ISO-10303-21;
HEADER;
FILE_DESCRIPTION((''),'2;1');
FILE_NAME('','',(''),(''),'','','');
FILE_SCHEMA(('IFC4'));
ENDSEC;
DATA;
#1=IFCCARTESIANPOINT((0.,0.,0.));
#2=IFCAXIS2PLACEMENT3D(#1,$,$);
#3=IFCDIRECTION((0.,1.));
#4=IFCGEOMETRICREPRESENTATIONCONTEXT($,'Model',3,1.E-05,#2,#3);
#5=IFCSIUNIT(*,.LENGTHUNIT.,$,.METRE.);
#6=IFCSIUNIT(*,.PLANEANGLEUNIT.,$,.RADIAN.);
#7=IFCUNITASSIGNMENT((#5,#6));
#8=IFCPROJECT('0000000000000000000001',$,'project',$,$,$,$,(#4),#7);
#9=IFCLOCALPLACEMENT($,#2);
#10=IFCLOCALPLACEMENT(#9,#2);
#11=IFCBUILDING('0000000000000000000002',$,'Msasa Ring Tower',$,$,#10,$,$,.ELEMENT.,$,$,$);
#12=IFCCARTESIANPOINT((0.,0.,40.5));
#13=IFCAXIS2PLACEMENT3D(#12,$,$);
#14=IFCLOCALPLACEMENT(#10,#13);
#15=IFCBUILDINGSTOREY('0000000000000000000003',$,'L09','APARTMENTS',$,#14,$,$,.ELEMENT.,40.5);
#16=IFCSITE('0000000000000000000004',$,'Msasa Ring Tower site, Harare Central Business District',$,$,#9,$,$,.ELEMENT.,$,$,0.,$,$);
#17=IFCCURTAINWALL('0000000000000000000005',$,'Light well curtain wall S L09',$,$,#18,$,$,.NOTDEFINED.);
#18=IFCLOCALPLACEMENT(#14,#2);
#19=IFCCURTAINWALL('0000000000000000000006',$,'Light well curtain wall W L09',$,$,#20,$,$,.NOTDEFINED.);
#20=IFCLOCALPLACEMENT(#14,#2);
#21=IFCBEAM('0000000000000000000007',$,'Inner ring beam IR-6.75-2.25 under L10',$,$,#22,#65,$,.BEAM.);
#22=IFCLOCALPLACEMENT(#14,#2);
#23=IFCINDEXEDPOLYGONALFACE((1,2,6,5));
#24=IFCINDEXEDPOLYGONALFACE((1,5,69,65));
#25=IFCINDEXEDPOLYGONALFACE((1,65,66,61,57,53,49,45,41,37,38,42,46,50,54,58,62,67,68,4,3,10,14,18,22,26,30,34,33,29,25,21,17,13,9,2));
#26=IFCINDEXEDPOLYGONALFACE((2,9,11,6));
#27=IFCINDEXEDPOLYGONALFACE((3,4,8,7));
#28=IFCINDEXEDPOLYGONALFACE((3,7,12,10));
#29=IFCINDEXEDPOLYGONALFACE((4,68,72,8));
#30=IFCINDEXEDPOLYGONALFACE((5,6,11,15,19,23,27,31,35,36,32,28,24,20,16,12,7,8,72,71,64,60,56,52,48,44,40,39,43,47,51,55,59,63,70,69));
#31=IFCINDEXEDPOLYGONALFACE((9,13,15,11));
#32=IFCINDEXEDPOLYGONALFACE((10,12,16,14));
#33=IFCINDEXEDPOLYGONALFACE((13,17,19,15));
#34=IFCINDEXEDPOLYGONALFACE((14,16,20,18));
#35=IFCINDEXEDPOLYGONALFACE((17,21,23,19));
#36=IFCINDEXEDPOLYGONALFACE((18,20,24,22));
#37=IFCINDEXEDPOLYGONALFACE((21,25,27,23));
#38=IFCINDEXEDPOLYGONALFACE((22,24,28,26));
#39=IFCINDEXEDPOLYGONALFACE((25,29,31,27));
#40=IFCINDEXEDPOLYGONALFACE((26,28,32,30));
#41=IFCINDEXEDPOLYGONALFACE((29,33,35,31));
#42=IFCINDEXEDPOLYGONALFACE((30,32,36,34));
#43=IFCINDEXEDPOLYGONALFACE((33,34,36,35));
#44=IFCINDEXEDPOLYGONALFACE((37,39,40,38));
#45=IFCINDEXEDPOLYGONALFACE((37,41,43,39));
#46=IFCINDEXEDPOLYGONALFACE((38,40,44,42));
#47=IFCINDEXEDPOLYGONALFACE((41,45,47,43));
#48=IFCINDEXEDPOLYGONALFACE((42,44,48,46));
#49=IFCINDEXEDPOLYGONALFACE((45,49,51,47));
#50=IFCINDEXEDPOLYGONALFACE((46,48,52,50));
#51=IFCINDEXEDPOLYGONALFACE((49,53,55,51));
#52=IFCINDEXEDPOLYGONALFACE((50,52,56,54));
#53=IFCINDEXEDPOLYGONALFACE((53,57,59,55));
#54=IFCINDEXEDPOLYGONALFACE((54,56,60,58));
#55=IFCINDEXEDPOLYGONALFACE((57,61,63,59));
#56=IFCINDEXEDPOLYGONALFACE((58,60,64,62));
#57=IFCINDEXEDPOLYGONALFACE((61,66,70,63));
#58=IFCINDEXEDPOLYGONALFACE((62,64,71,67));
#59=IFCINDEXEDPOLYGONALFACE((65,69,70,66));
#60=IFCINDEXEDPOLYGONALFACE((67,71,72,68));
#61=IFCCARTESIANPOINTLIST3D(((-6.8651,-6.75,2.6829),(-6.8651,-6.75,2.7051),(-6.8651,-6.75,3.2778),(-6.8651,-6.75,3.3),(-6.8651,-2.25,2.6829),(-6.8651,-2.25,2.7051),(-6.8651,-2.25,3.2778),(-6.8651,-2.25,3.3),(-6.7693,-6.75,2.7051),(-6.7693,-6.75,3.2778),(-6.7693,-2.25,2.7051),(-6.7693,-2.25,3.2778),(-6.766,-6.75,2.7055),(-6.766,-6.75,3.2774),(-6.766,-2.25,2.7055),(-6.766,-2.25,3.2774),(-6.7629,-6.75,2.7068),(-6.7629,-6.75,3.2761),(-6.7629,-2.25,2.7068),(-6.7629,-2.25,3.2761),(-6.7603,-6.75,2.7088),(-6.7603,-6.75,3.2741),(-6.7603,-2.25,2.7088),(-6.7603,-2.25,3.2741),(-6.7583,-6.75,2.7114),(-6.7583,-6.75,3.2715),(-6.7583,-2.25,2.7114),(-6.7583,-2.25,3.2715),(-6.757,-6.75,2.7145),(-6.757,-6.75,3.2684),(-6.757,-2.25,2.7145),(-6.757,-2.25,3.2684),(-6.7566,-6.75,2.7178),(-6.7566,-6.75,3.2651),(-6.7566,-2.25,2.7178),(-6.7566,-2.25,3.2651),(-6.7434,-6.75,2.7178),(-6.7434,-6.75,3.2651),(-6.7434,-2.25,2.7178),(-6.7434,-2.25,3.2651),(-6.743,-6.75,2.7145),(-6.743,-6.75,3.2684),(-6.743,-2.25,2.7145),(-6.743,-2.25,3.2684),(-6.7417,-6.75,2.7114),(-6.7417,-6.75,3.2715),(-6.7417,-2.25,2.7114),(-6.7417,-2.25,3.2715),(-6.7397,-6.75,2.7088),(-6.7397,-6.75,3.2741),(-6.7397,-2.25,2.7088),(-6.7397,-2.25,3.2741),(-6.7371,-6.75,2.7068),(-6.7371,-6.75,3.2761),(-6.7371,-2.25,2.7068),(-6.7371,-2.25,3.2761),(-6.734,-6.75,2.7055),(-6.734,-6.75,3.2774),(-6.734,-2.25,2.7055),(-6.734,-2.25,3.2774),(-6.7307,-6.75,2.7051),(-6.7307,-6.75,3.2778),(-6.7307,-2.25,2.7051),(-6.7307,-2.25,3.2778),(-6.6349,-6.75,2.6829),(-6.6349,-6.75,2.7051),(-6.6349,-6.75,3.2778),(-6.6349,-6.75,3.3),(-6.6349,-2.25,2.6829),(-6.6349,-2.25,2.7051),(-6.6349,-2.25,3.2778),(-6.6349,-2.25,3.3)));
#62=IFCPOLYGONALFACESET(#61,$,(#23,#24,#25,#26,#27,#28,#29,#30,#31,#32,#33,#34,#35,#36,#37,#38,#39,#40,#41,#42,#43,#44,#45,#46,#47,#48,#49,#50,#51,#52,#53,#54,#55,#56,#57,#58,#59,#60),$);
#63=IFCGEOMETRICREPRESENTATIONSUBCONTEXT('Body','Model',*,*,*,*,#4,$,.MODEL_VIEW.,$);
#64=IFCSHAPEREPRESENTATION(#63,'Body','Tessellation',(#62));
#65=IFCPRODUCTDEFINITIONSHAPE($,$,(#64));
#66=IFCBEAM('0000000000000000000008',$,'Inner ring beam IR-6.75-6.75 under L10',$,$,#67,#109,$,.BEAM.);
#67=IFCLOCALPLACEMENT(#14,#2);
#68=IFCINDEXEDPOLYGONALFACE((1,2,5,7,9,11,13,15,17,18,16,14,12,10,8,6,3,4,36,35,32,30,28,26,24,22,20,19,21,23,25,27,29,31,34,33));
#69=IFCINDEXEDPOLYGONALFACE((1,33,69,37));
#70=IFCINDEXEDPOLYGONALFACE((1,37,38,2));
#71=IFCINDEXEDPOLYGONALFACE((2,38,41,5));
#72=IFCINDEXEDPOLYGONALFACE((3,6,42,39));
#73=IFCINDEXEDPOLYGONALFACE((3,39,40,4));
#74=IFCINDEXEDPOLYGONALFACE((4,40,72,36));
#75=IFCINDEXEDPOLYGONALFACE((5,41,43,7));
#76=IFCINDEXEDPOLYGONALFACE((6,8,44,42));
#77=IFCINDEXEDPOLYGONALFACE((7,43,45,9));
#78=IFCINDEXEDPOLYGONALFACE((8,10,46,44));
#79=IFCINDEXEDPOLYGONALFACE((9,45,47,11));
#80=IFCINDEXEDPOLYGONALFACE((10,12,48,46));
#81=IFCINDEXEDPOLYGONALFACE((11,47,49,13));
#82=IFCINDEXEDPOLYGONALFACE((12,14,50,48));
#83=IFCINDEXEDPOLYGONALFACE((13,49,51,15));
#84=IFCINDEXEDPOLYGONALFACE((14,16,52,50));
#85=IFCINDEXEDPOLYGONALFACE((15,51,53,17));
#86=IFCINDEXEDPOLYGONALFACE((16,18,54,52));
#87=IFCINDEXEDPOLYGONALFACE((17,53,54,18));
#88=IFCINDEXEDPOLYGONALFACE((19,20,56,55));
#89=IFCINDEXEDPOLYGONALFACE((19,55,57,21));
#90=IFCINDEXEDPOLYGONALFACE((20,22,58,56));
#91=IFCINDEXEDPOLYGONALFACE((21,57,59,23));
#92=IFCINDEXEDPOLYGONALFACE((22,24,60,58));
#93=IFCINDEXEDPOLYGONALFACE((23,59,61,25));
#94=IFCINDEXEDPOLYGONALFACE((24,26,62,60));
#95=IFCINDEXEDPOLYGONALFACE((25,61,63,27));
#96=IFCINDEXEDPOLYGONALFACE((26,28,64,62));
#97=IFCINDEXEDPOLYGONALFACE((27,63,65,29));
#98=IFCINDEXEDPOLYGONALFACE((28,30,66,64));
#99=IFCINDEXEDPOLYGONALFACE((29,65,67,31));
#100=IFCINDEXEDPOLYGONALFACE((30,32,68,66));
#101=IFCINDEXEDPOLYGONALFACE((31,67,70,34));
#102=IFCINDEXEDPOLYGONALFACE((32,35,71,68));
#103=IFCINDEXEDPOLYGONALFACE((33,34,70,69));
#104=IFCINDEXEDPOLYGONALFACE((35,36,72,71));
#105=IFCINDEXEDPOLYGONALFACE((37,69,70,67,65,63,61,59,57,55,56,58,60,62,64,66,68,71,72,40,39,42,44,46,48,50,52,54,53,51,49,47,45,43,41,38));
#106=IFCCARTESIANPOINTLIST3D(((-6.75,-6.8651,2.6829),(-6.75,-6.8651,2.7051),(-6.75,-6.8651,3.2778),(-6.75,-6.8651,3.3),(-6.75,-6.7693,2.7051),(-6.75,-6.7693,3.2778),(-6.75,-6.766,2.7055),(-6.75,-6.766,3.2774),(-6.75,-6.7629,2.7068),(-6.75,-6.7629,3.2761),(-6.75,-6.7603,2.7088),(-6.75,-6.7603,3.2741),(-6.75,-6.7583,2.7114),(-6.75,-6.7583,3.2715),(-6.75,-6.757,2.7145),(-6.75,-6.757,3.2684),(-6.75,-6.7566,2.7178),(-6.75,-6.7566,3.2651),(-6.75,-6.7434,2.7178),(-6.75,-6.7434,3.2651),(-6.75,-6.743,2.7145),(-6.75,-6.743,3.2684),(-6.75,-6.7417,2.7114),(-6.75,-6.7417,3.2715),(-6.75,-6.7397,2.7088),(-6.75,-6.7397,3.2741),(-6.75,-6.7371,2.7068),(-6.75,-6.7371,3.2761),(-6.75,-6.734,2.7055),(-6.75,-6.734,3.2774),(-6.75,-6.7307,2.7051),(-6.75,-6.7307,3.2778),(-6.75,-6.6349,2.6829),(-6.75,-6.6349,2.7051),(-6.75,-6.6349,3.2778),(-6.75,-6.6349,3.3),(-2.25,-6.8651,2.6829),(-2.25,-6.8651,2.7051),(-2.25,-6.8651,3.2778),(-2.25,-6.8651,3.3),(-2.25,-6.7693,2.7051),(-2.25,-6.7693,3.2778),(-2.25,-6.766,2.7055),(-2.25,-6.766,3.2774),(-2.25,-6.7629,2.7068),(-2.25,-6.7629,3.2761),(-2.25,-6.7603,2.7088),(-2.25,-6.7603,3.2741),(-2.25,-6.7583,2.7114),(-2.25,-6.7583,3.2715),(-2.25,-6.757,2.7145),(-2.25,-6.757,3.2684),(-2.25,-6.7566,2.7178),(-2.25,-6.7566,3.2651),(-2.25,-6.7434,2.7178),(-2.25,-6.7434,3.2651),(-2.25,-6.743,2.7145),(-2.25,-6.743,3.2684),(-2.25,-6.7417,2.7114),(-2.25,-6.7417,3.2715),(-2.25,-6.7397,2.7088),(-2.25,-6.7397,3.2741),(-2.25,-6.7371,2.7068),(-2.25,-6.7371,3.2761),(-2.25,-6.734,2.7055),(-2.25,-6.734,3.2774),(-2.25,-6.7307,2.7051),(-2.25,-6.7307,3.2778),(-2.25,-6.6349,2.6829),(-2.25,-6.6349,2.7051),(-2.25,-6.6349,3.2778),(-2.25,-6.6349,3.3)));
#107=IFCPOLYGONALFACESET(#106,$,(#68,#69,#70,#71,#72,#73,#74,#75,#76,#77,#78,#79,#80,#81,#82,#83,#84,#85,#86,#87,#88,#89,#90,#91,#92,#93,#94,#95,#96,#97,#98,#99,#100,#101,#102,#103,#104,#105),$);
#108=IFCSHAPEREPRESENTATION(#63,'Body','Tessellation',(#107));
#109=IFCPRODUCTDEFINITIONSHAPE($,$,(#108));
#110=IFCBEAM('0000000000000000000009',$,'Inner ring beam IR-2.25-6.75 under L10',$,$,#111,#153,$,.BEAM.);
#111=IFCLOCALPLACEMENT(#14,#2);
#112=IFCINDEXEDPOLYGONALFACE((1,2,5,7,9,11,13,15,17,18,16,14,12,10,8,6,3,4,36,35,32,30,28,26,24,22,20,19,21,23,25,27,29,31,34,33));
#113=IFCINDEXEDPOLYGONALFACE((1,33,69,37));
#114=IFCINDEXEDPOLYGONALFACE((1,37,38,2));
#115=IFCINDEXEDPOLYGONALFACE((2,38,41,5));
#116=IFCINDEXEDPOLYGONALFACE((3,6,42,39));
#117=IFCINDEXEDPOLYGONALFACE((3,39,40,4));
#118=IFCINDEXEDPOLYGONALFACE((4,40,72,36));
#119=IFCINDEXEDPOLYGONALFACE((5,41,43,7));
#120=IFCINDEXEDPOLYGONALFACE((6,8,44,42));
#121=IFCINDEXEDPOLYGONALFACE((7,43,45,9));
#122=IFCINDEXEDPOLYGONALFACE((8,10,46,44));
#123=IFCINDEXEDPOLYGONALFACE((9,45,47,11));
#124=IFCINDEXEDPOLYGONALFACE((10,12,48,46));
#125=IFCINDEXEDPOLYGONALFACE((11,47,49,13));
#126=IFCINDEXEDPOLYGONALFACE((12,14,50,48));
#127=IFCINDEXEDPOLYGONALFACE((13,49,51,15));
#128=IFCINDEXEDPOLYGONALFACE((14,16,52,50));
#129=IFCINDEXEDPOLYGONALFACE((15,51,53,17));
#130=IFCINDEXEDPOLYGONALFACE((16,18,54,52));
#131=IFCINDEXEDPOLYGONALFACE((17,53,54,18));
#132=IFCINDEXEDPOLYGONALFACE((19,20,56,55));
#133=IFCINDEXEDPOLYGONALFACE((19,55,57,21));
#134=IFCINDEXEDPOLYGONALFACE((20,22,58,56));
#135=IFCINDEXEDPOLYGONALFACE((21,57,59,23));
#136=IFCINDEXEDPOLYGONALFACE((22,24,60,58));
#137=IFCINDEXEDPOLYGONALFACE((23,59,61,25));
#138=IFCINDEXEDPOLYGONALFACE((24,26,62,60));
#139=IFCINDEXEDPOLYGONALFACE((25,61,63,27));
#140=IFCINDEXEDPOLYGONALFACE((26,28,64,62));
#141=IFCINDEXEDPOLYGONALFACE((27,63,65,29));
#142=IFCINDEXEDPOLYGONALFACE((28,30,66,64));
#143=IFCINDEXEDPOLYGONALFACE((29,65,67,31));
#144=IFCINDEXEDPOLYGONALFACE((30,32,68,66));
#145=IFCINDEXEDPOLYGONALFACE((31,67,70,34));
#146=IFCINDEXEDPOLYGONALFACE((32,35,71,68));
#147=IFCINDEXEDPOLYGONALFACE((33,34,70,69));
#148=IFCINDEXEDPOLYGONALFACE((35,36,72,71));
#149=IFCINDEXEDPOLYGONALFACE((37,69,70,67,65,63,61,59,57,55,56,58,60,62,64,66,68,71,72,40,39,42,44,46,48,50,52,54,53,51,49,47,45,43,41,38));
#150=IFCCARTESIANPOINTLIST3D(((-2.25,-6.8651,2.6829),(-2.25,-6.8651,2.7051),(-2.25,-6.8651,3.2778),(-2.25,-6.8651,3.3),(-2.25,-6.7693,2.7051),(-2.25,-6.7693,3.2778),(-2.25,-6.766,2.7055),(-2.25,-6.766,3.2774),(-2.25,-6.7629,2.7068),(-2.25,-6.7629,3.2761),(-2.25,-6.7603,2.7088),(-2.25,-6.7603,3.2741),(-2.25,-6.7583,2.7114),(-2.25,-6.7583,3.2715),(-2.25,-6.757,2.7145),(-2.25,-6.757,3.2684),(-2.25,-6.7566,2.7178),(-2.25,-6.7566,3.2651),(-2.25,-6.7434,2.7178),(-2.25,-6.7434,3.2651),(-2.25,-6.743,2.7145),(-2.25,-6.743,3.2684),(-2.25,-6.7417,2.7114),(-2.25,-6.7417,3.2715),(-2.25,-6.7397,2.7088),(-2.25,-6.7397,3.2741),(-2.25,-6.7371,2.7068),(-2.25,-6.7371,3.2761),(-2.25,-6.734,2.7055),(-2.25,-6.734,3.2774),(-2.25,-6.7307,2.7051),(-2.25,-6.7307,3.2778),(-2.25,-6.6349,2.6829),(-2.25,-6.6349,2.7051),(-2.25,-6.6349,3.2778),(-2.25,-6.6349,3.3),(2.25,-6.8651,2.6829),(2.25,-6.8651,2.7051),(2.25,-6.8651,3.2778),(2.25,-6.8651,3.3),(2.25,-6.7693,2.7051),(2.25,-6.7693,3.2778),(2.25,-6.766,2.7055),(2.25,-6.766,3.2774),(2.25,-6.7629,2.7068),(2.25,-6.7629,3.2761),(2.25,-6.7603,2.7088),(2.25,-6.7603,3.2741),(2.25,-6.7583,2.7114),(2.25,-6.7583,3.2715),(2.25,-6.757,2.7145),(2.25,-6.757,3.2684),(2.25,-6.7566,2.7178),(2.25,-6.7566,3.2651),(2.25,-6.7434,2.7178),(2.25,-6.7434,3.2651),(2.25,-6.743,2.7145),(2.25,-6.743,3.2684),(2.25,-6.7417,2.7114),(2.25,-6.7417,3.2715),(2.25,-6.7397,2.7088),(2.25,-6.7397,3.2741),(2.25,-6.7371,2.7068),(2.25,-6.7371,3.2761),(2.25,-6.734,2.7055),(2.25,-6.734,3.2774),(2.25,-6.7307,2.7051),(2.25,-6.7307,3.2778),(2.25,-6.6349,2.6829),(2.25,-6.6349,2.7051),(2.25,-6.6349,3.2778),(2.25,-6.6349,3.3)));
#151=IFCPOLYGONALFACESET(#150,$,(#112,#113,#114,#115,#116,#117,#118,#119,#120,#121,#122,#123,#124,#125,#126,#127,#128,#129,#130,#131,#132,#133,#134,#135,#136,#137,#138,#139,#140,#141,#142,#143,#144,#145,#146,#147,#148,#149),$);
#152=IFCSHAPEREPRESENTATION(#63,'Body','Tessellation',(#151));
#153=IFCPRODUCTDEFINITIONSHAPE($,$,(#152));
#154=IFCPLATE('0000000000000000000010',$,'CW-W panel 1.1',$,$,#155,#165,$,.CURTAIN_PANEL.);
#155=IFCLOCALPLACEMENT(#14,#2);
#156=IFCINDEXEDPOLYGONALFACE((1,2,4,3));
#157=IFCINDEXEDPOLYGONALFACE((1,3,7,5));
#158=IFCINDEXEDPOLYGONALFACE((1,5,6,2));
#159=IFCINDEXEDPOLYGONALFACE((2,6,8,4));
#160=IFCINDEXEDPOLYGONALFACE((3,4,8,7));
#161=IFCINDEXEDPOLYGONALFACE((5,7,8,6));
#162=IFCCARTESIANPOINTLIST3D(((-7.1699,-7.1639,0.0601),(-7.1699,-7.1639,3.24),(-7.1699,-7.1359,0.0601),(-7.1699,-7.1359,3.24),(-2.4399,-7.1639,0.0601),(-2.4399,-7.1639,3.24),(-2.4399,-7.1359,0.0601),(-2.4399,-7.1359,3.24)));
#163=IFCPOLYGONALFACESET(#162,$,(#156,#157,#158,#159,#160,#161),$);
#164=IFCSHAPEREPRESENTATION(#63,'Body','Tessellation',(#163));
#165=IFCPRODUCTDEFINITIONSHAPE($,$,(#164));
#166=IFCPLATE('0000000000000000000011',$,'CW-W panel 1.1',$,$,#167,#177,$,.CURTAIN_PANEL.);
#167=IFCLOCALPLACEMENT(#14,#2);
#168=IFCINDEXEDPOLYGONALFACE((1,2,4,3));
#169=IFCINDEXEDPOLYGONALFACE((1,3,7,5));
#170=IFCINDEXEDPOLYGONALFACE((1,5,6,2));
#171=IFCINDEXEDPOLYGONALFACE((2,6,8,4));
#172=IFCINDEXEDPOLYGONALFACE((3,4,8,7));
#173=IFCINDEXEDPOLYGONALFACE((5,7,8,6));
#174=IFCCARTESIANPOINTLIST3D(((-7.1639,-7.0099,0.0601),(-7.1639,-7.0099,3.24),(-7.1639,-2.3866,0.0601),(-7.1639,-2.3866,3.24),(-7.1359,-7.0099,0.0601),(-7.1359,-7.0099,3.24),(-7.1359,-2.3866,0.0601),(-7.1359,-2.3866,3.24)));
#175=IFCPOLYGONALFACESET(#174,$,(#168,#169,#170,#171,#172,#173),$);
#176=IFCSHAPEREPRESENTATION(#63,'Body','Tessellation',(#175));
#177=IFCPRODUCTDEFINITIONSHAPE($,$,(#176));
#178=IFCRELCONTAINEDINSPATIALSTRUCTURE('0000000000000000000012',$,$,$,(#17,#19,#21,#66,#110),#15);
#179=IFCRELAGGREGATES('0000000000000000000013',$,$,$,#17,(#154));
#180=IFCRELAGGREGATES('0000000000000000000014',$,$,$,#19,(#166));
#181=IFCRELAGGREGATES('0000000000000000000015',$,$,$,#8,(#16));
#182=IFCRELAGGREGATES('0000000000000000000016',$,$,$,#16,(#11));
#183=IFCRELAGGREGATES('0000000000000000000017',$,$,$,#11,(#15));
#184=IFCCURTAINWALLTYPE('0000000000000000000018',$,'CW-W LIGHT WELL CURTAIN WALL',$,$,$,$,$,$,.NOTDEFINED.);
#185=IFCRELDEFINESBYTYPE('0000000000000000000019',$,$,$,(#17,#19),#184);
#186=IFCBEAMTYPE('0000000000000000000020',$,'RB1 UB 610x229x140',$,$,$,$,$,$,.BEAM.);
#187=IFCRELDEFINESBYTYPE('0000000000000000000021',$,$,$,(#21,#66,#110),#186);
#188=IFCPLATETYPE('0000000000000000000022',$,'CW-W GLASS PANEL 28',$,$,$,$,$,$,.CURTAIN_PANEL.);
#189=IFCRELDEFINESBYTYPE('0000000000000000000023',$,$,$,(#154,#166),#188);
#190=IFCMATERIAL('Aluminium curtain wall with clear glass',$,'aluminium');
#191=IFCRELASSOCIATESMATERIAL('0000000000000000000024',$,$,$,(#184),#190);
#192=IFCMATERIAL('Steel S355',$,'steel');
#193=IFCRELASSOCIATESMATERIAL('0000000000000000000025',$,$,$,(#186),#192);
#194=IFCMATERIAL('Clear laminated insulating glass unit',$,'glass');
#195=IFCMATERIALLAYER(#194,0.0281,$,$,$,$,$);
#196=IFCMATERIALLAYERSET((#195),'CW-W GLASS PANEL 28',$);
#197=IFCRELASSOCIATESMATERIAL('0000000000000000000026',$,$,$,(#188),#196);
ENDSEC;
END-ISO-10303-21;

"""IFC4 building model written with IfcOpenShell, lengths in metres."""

from ifc_helpers import new_model, si_unit, direction, frame, origin, origin_2d, place, context, subcontext, project, spatial, rectangle, i_section, extrude, material, layer, layer_set, material_profile, profile_set, type_object, element, aggregate, save


model = new_model("IFC4")

# Units and contexts
model_context = context("Model", 3, precision=1e-05, world=origin(), true_north=direction((0.0, 1.0)))
body_context = subcontext(model_context, "Body", "Model", "MODEL_VIEW")
ifc_project = project(units=[si_unit("LENGTHUNIT", "METRE"), si_unit("PLANEANGLEUNIT", "RADIAN")], contexts=[model_context])

# Site, building, storey
site_placement = place(None, origin())
site = spatial("IfcSite", under=ifc_project, at=site_placement, Name="Msasa Ring Tower site, Harare Central Business District", CompositionType="ELEMENT", RefElevation=0.0)
building_placement = place(site_placement, origin())
building = spatial("IfcBuilding", under=site, at=building_placement, Name="Msasa Ring Tower", CompositionType="ELEMENT")
storey_placement = place(building_placement, frame((0.0, 0.0, 40.5)))
storey = spatial("IfcBuildingStorey", under=building, at=storey_placement, Name="L09", Description="APARTMENTS", CompositionType="ELEMENT", Elevation=40.5)

# Curtain walls
ifc_material_1 = material(Name="Aluminium curtain wall with clear glass", Category="aluminium")
curtain_wall_type = type_object("IfcCurtainWallType", Name="CW-W LIGHT WELL CURTAIN WALL", PredefinedType="NOTDEFINED", material=ifc_material_1)
curtain_wall_1_placement = place(storey_placement, origin())
curtain_wall_1 = element("IfcCurtainWall", 1, at=curtain_wall_1_placement, inside=storey, type_object=curtain_wall_type, Name="Light well curtain wall S L09", PredefinedType="NOTDEFINED")
curtain_wall_2_placement = place(storey_placement, origin())
curtain_wall_2 = element("IfcCurtainWall", 2, at=curtain_wall_2_placement, inside=storey, type_object=curtain_wall_type, Name="Light well curtain wall W L09", PredefinedType="NOTDEFINED")

# Beams
ifc_material_2 = material(Name="Steel S355", Category="steel")
ifc_material_profile_1 = material_profile(ifc_material_2, i_section(OverallWidth=0.2302, OverallDepth=0.6172, WebThickness=0.0132, FlangeThickness=0.0222, FilletRadius=0.0127, at=origin_2d()), Name="UB 610x229x140")
ifc_profile_set_1 = profile_set([ifc_material_profile_1], Name="Steel S355")
beam_type = type_object("IfcBeamType", Name="RB1 UB 610x229x140", PredefinedType="BEAM", material=ifc_profile_set_1)
for number, where, z_axis, x_axis, name in (
    (3, (-6.75, -2.25, 2.9915), (0.0, -1.0, 0.0), (1.0, 0.0, 0.0), "Inner ring beam IR-6.75-2.25 under L10"),
    (4, (-6.75, -6.75, 2.9915), (1.0, 0.0, 0.0), (0.0, 1.0, 0.0), "Inner ring beam IR-6.75-6.75 under L10"),
    (5, (-2.25, -6.75, 2.9915), (1.0, 0.0, 0.0), (0.0, 1.0, 0.0), "Inner ring beam IR-2.25-6.75 under L10"),
):
    element("IfcBeam", number, at=place(storey_placement, frame(where, z_axis=z_axis, x_axis=x_axis)), inside=storey, type_object=beam_type, Name=name, PredefinedType="BEAM", context=body_context, shape_type="SweptSolid", body=[
        extrude(i_section(OverallWidth=0.2302, OverallDepth=0.6172, WebThickness=0.0132, FlangeThickness=0.0222, FilletRadius=0.0127, at=origin_2d()), origin(), (0.0, 0.0, 1.0), 4.5),
    ])

# Plates
ifc_material_3 = material(Name="Clear laminated insulating glass unit", Category="glass")
ifc_layer = layer(ifc_material_3, 0.0281)
ifc_layer_set = layer_set([ifc_layer], Name="CW-W GLASS PANEL 28")
plate_type = type_object("IfcPlateType", Name="CW-W GLASS PANEL 28", PredefinedType="CURTAIN_PANEL", material=ifc_layer_set)
plate_1_placement = place(storey_placement, frame((-4.8049, -7.1499, 0.0601), z_axis=(0.0, 0.0, 1.0), x_axis=(1.0, 0.0, 0.0)))
plate_1 = element("IfcPlate", 6, at=plate_1_placement, type_object=plate_type, Name="CW-W panel 1.1", PredefinedType="CURTAIN_PANEL", context=body_context, shape_type="SweptSolid", body=[
    extrude(rectangle(XDim=4.73, YDim=0.0281, at=origin_2d()), origin(), (0.0, 0.0, 1.0), 3.1799),
])
aggregate(curtain_wall_1, [plate_1])
plate_2_placement = place(storey_placement, frame((-7.1499, -4.6982, 0.0601), z_axis=(0.0, 0.0, 1.0), x_axis=(0.0, 1.0, 0.0)))
plate_2 = element("IfcPlate", 7, at=plate_2_placement, type_object=plate_type, Name="CW-W panel 1.1", PredefinedType="CURTAIN_PANEL", context=body_context, shape_type="SweptSolid", body=[
    extrude(rectangle(XDim=4.6233, YDim=0.0281, at=origin_2d()), origin(), (0.0, 0.0, 1.0), 3.1799),
])
aggregate(curtain_wall_2, [plate_2])

save(model, "model.ifc")
